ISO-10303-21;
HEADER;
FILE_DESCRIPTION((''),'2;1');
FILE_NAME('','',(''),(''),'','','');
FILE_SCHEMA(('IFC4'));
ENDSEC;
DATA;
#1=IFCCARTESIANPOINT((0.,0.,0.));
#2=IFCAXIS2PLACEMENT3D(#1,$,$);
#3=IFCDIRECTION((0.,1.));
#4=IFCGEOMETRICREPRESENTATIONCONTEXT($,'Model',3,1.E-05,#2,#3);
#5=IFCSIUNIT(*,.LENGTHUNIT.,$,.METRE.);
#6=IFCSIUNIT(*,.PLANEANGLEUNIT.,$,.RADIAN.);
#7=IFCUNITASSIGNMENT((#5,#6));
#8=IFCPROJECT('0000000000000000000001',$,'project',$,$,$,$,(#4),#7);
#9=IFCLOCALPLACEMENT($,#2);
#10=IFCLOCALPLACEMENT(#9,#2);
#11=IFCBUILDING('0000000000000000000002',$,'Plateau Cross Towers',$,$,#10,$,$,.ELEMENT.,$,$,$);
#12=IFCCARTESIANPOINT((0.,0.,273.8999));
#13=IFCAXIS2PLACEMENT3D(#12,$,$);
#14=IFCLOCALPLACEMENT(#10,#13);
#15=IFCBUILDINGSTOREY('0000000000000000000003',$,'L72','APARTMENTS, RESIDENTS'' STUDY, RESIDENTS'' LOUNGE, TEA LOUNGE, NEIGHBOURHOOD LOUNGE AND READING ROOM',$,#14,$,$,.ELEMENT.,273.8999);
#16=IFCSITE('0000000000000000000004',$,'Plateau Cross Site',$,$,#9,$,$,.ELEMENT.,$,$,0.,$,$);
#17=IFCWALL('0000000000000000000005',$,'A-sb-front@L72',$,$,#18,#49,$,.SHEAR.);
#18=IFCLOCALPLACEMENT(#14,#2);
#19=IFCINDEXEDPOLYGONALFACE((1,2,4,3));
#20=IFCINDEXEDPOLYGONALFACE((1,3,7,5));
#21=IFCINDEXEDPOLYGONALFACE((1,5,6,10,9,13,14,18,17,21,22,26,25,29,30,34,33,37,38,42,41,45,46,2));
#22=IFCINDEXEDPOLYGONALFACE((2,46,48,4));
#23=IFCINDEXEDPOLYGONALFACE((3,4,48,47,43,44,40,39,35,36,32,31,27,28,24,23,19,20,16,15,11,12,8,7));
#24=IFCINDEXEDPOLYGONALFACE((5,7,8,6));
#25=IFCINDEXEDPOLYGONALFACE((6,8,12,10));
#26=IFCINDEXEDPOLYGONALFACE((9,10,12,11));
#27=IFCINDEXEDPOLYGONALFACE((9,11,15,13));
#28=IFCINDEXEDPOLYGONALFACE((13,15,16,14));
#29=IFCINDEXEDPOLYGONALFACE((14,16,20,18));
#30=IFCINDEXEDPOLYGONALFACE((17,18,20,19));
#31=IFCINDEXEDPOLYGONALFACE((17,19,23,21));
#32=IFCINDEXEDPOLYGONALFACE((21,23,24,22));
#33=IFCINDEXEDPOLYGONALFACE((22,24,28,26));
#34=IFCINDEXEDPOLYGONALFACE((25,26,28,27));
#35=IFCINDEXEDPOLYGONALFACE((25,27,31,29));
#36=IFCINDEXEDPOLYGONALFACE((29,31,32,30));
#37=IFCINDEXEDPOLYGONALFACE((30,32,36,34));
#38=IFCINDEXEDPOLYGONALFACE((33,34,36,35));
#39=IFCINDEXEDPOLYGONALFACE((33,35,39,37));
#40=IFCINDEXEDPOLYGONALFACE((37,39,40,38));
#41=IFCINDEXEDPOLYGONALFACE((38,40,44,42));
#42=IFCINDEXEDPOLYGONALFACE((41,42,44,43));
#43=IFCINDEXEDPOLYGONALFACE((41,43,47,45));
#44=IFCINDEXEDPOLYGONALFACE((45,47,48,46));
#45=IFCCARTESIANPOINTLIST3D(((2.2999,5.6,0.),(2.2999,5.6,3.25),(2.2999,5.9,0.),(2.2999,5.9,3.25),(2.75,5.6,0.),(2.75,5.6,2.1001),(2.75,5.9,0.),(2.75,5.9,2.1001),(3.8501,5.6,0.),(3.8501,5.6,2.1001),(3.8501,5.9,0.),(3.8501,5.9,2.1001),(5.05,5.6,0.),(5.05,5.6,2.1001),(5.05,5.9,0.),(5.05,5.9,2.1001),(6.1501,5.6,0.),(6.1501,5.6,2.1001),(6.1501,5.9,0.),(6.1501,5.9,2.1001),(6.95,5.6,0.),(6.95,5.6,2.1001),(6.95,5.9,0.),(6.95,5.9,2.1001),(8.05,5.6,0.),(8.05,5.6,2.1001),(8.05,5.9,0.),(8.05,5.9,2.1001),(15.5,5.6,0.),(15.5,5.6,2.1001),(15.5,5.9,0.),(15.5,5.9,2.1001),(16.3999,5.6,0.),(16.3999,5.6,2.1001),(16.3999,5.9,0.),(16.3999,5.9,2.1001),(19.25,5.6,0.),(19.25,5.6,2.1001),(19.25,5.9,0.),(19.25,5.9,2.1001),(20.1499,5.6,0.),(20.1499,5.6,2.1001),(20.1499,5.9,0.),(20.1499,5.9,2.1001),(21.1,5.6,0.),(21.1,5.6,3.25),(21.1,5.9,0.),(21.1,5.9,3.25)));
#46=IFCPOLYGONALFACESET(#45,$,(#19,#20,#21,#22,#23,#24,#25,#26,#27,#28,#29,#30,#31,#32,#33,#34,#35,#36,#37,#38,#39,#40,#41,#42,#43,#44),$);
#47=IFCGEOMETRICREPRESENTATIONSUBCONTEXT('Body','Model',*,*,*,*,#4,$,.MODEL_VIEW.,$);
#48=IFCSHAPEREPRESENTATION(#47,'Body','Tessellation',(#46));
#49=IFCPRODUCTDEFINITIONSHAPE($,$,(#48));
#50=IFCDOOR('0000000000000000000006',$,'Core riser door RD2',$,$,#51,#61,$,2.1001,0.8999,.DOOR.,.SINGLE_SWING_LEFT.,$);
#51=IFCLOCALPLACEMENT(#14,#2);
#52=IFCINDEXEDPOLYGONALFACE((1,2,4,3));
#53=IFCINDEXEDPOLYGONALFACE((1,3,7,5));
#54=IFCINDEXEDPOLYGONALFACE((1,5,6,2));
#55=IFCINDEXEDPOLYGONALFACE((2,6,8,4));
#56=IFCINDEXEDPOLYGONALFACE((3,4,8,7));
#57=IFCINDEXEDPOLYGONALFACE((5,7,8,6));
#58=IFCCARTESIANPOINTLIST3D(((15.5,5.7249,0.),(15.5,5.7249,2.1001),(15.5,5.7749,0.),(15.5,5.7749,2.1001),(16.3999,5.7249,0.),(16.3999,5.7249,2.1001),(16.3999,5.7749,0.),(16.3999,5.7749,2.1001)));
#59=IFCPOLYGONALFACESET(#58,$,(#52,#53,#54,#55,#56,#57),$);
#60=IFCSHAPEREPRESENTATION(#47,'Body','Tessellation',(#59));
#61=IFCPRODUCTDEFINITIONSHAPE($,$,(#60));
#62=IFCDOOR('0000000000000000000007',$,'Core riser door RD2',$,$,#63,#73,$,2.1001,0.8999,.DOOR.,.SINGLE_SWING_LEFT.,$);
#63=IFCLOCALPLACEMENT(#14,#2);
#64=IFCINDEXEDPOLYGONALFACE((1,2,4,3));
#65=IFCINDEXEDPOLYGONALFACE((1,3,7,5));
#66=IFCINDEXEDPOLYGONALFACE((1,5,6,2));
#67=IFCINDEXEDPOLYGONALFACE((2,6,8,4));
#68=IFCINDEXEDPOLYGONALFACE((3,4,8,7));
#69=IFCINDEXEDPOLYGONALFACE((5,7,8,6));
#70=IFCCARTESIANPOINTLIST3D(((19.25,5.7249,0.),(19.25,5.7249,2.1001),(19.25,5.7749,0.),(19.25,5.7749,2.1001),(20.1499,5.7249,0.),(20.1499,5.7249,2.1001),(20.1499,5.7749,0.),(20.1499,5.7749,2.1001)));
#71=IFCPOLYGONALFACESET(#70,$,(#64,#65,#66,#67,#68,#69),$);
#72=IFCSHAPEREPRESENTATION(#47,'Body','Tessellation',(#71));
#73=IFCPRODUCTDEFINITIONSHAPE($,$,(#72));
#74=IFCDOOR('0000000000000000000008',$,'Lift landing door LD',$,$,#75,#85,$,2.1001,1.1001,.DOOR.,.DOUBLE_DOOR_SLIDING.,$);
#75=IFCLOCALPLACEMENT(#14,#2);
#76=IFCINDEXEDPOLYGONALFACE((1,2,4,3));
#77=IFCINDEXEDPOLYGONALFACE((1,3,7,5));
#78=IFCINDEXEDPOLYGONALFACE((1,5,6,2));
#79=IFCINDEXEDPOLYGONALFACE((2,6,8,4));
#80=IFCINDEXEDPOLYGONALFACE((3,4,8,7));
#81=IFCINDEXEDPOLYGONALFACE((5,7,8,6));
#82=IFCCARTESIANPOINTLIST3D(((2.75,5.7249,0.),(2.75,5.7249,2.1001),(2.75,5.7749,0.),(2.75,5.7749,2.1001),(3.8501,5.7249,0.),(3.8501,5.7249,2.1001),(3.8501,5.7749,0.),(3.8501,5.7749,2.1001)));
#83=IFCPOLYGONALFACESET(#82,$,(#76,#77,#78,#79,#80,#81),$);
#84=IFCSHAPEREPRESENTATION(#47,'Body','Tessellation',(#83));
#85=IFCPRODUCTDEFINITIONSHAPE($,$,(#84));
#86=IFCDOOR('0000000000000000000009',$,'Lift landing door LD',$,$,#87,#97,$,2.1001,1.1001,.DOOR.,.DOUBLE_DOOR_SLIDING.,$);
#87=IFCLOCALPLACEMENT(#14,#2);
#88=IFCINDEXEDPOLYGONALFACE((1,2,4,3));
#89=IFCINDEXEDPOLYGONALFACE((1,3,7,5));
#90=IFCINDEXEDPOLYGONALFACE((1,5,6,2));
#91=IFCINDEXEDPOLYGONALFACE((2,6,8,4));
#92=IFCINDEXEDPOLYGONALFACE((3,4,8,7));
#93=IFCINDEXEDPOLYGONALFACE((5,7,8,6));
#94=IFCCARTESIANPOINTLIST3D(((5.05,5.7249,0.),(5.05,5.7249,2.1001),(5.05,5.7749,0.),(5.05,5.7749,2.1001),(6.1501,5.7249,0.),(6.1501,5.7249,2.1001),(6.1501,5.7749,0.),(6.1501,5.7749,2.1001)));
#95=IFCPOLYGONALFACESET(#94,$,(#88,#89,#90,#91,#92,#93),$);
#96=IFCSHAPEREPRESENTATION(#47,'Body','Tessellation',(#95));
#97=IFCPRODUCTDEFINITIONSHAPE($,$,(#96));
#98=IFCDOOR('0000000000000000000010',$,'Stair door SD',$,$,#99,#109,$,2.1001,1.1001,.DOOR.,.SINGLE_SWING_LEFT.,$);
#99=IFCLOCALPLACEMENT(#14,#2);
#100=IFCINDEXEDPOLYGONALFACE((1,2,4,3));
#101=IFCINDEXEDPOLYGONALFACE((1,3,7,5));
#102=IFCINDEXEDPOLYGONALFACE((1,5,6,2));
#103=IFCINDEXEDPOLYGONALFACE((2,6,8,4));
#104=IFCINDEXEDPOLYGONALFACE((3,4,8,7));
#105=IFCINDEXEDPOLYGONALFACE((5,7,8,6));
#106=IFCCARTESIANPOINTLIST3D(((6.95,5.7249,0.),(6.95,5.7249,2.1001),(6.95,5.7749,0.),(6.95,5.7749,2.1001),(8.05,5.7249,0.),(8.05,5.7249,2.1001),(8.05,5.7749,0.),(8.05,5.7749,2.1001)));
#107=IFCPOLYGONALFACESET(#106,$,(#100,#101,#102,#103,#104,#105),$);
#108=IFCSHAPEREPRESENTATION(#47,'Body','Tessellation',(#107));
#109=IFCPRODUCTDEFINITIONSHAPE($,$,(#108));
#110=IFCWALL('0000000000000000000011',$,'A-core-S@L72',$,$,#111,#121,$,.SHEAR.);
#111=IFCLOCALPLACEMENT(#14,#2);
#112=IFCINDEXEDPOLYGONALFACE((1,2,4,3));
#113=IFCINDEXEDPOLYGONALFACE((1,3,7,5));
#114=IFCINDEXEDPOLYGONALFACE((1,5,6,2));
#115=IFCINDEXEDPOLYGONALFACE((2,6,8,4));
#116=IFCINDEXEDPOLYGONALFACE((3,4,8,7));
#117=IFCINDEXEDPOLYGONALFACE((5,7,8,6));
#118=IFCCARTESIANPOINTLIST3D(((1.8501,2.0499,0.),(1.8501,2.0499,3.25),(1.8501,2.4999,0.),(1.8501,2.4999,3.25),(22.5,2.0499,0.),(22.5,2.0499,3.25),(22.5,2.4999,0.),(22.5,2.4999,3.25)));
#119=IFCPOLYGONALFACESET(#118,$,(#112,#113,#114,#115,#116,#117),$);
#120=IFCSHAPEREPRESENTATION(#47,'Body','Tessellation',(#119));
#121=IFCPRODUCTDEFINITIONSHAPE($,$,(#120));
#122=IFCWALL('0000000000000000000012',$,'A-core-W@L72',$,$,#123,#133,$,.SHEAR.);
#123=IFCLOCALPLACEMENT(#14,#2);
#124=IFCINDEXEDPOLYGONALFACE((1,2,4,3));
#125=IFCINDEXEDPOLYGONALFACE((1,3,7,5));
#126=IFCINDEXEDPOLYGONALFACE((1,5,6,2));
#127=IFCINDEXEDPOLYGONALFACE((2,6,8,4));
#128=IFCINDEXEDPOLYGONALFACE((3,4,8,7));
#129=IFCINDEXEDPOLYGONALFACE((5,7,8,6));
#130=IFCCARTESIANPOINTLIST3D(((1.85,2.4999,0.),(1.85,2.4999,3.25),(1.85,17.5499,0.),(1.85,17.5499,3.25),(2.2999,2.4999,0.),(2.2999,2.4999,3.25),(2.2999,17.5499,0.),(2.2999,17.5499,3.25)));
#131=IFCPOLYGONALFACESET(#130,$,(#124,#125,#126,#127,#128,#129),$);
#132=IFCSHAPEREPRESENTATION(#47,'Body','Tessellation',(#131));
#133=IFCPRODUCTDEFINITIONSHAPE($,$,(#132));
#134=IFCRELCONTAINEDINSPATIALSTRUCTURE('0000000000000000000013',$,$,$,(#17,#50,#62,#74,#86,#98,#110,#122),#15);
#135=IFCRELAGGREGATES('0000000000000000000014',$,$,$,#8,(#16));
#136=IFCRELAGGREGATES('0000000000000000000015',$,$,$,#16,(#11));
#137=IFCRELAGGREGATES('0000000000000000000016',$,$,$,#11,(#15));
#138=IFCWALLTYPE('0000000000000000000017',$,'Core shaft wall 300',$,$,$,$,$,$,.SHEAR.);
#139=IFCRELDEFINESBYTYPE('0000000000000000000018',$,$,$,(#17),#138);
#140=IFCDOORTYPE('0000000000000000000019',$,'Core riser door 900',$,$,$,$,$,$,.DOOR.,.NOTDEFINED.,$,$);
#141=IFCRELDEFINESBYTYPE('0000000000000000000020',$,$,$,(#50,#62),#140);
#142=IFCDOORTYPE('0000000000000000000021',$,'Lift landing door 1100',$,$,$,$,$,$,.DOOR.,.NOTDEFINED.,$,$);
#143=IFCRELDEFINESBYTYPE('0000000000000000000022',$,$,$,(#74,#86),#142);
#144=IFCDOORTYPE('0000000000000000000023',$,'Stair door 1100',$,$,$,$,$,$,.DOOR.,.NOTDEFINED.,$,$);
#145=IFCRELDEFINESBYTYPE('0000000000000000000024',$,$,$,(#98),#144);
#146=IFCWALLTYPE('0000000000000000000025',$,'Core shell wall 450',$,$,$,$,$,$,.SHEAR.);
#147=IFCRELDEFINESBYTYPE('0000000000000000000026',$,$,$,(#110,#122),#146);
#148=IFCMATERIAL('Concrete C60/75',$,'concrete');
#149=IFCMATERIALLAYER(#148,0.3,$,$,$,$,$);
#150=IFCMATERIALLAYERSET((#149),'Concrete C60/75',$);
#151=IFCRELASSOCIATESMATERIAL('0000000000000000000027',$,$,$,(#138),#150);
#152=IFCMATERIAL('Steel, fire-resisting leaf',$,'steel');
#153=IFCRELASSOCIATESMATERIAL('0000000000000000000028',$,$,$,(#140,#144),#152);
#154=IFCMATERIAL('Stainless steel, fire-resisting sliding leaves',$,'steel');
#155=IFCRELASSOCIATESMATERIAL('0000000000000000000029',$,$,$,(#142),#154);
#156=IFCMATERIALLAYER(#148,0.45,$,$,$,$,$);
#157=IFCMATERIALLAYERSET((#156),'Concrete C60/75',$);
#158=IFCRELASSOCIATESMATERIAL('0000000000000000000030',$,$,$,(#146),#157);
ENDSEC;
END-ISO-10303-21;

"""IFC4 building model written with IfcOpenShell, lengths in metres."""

from ifc_helpers import new_model, si_unit, direction, frame, frame_2d, origin, place, context, subcontext, project, spatial, rectangle, extrude, material, layer, layer_set, type_object, element, fill, save


model = new_model("IFC4")

# Units and contexts
model_context = context("Model", 3, precision=1e-05, world=origin(), true_north=direction((0.0, 1.0)))
body_context = subcontext(model_context, "Body", "Model", "MODEL_VIEW")
ifc_project = project(units=[si_unit("LENGTHUNIT", "METRE"), si_unit("PLANEANGLEUNIT", "RADIAN")], contexts=[model_context])

# Site, building, storey
site_placement = place(None, origin())
site = spatial("IfcSite", under=ifc_project, at=site_placement, Name="Plateau Cross Site", CompositionType="ELEMENT", RefElevation=0.0)
building_placement = place(site_placement, origin())
building = spatial("IfcBuilding", under=site, at=building_placement, Name="Plateau Cross Towers", CompositionType="ELEMENT")
storey_placement = place(building_placement, frame((0.0, 0.0, 273.8999)))
storey = spatial("IfcBuildingStorey", under=building, at=storey_placement, Name="L72", Description="APARTMENTS, RESIDENTS' STUDY, RESIDENTS' LOUNGE, TEA LOUNGE, NEIGHBOURHOOD LOUNGE AND READING ROOM", CompositionType="ELEMENT", Elevation=273.8999)

# Shared definitions
ifc_material_1 = material(Name="Concrete C60/75", Category="concrete")

# Shared definitions
ifc_layer_1 = layer(ifc_material_1, 0.3)
ifc_layer_set_1 = layer_set([ifc_layer_1], Name="Concrete C60/75")
wall_type_1 = type_object("IfcWallType", Name="Core shaft wall 300", PredefinedType="SHEAR", material=ifc_layer_set_1)

# Wall, openings, doors
wall_1_placement = place(storey_placement, frame((2.3, 5.75, 0.0), z_axis=(0.0, 0.0, 1.0), x_axis=(1.0, 0.0, 0.0)))
wall_1 = element("IfcWall", 1, at=wall_1_placement, inside=storey, type_object=wall_type_1, Name="A-sb-front@L72", PredefinedType="SHEAR", context=body_context, shape_type="SweptSolid", body=[
    extrude(rectangle(XDim=18.8, YDim=0.3, at=frame_2d((9.3999, 0.0))), origin(), (0.0, 0.0, 1.0), 3.25),
])
opening_1_placement = place(wall_1_placement, frame((4.6499, 0.0, 0.0)))
opening_1 = element("IfcOpeningElement", 2, at=opening_1_placement, cuts=wall_1, PredefinedType="OPENING", context=body_context, shape_type="SweptSolid", body=[
    extrude(rectangle(XDim=1.1001, YDim=2.1001, at=frame_2d((0.55, 1.05))), frame((0.0, 0.1599, 0.0), z_axis=(0.0, -1.0, 0.0), x_axis=(1.0, 0.0, 0.0)), (0.0, 0.0, 1.0), 0.3201),
])
opening_2_placement = place(wall_1_placement, frame((0.45, 0.0, 0.0)))
opening_2 = element("IfcOpeningElement", 3, at=opening_2_placement, cuts=wall_1, PredefinedType="OPENING", context=body_context, shape_type="SweptSolid", body=[
    extrude(rectangle(XDim=1.1001, YDim=2.1001, at=frame_2d((0.55, 1.05))), frame((0.0, 0.1599, 0.0), z_axis=(0.0, -1.0, 0.0), x_axis=(1.0, 0.0, 0.0)), (0.0, 0.0, 1.0), 0.3201),
])
opening_3_placement = place(wall_1_placement, frame((2.75, 0.0, 0.0)))
opening_3 = element("IfcOpeningElement", 4, at=opening_3_placement, cuts=wall_1, PredefinedType="OPENING", context=body_context, shape_type="SweptSolid", body=[
    extrude(rectangle(XDim=1.1001, YDim=2.1001, at=frame_2d((0.55, 1.05))), frame((0.0, 0.1599, 0.0), z_axis=(0.0, -1.0, 0.0), x_axis=(1.0, 0.0, 0.0)), (0.0, 0.0, 1.0), 0.3201),
])
opening_4_placement = place(wall_1_placement, frame((13.2, 0.0, 0.0)))
opening_4 = element("IfcOpeningElement", 5, at=opening_4_placement, cuts=wall_1, PredefinedType="OPENING", context=body_context, shape_type="SweptSolid", body=[
    extrude(rectangle(XDim=0.8999, YDim=2.1001, at=frame_2d((0.45, 1.05))), frame((0.0, 0.1599, 0.0), z_axis=(0.0, -1.0, 0.0), x_axis=(1.0, 0.0, 0.0)), (0.0, 0.0, 1.0), 0.3201),
])
opening_5_placement = place(wall_1_placement, frame((16.95, 0.0, 0.0)))
opening_5 = element("IfcOpeningElement", 6, at=opening_5_placement, cuts=wall_1, PredefinedType="OPENING", context=body_context, shape_type="SweptSolid", body=[
    extrude(rectangle(XDim=0.8999, YDim=2.1001, at=frame_2d((0.45, 1.05))), frame((0.0, 0.1599, 0.0), z_axis=(0.0, -1.0, 0.0), x_axis=(1.0, 0.0, 0.0)), (0.0, 0.0, 1.0), 0.3201),
])
ifc_material_2 = material(Name="Steel, fire-resisting leaf", Category="steel")
door_type_1 = type_object("IfcDoorType", Name="Core riser door 900", OperationType="NOTDEFINED", PredefinedType="DOOR", material=ifc_material_2)
door_1_placement = place(opening_4_placement, origin())
door_1 = element("IfcDoor", 7, at=door_1_placement, inside=storey, type_object=door_type_1, Name="Core riser door RD2", OperationType="SINGLE_SWING_LEFT", OverallHeight=2.1001, OverallWidth=0.8999, PredefinedType="DOOR", context=body_context, shape_type="SweptSolid", body=[
    extrude(rectangle(XDim=0.8999, YDim=2.1001, at=frame_2d((0.45, 1.05))), frame((0.0, 0.0249, 0.0), z_axis=(0.0, -1.0, 0.0), x_axis=(1.0, 0.0, 0.0)), (0.0, 0.0, 1.0), 0.05),
])
fill(opening_4, door_1)
door_2_placement = place(opening_5_placement, origin())
door_2 = element("IfcDoor", 8, at=door_2_placement, inside=storey, type_object=door_type_1, Name="Core riser door RD2", OperationType="SINGLE_SWING_LEFT", OverallHeight=2.1001, OverallWidth=0.8999, PredefinedType="DOOR", context=body_context, shape_type="SweptSolid", body=[
    extrude(rectangle(XDim=0.8999, YDim=2.1001, at=frame_2d((0.45, 1.05))), frame((0.0, 0.0249, 0.0), z_axis=(0.0, -1.0, 0.0), x_axis=(1.0, 0.0, 0.0)), (0.0, 0.0, 1.0), 0.05),
])
fill(opening_5, door_2)
ifc_material_3 = material(Name="Stainless steel, fire-resisting sliding leaves", Category="steel")
door_type_2 = type_object("IfcDoorType", Name="Lift landing door 1100", OperationType="NOTDEFINED", PredefinedType="DOOR", material=ifc_material_3)
door_3_placement = place(opening_2_placement, origin())
door_3 = element("IfcDoor", 9, at=door_3_placement, inside=storey, type_object=door_type_2, Name="Lift landing door LD", OperationType="DOUBLE_DOOR_SLIDING", OverallHeight=2.1001, OverallWidth=1.1001, PredefinedType="DOOR", context=body_context, shape_type="SweptSolid", body=[
    extrude(rectangle(XDim=1.1001, YDim=2.1001, at=frame_2d((0.55, 1.05))), frame((0.0, 0.0249, 0.0), z_axis=(0.0, -1.0, 0.0), x_axis=(1.0, 0.0, 0.0)), (0.0, 0.0, 1.0), 0.05),
])
fill(opening_2, door_3)
door_4_placement = place(opening_3_placement, origin())
door_4 = element("IfcDoor", 10, at=door_4_placement, inside=storey, type_object=door_type_2, Name="Lift landing door LD", OperationType="DOUBLE_DOOR_SLIDING", OverallHeight=2.1001, OverallWidth=1.1001, PredefinedType="DOOR", context=body_context, shape_type="SweptSolid", body=[
    extrude(rectangle(XDim=1.1001, YDim=2.1001, at=frame_2d((0.55, 1.05))), frame((0.0, 0.0249, 0.0), z_axis=(0.0, -1.0, 0.0), x_axis=(1.0, 0.0, 0.0)), (0.0, 0.0, 1.0), 0.05),
])
fill(opening_3, door_4)
door_type_3 = type_object("IfcDoorType", Name="Stair door 1100", OperationType="NOTDEFINED", PredefinedType="DOOR", material=ifc_material_2)
door_5_placement = place(opening_1_placement, origin())
door_5 = element("IfcDoor", 11, at=door_5_placement, inside=storey, type_object=door_type_3, Name="Stair door SD", OperationType="SINGLE_SWING_LEFT", OverallHeight=2.1001, OverallWidth=1.1001, PredefinedType="DOOR", context=body_context, shape_type="SweptSolid", body=[
    extrude(rectangle(XDim=1.1001, YDim=2.1001, at=frame_2d((0.55, 1.05))), frame((0.0, 0.0249, 0.0), z_axis=(0.0, -1.0, 0.0), x_axis=(1.0, 0.0, 0.0)), (0.0, 0.0, 1.0), 0.05),
])
fill(opening_1, door_5)

# Walls
ifc_layer_2 = layer(ifc_material_1, 0.45)
ifc_layer_set_2 = layer_set([ifc_layer_2], Name="Concrete C60/75")
wall_type_2 = type_object("IfcWallType", Name="Core shell wall 450", PredefinedType="SHEAR", material=ifc_layer_set_2)
wall_2_placement = place(storey_placement, frame((1.8501, 2.2749, 0.0), z_axis=(0.0, 0.0, 1.0), x_axis=(1.0, 0.0, 0.0)))
element("IfcWall", 12, at=wall_2_placement, inside=storey, type_object=wall_type_2, Name="A-core-S@L72", PredefinedType="SHEAR", context=body_context, shape_type="SweptSolid", body=[
    extrude(rectangle(XDim=20.6499, YDim=0.45, at=frame_2d((10.325, 0.0))), origin(), (0.0, 0.0, 1.0), 3.25),
])
wall_3_placement = place(storey_placement, frame((2.075, 2.5, 0.0), z_axis=(0.0, 0.0, 1.0), x_axis=(0.0, 1.0, 0.0)))
element("IfcWall", 13, at=wall_3_placement, inside=storey, type_object=wall_type_2, Name="A-core-W@L72", PredefinedType="SHEAR", context=body_context, shape_type="SweptSolid", body=[
    extrude(rectangle(XDim=15.05, YDim=0.45, at=frame_2d((7.5249, 0.0))), origin(), (0.0, 0.0, 1.0), 3.25),
])

save(model, "model.ifc")
